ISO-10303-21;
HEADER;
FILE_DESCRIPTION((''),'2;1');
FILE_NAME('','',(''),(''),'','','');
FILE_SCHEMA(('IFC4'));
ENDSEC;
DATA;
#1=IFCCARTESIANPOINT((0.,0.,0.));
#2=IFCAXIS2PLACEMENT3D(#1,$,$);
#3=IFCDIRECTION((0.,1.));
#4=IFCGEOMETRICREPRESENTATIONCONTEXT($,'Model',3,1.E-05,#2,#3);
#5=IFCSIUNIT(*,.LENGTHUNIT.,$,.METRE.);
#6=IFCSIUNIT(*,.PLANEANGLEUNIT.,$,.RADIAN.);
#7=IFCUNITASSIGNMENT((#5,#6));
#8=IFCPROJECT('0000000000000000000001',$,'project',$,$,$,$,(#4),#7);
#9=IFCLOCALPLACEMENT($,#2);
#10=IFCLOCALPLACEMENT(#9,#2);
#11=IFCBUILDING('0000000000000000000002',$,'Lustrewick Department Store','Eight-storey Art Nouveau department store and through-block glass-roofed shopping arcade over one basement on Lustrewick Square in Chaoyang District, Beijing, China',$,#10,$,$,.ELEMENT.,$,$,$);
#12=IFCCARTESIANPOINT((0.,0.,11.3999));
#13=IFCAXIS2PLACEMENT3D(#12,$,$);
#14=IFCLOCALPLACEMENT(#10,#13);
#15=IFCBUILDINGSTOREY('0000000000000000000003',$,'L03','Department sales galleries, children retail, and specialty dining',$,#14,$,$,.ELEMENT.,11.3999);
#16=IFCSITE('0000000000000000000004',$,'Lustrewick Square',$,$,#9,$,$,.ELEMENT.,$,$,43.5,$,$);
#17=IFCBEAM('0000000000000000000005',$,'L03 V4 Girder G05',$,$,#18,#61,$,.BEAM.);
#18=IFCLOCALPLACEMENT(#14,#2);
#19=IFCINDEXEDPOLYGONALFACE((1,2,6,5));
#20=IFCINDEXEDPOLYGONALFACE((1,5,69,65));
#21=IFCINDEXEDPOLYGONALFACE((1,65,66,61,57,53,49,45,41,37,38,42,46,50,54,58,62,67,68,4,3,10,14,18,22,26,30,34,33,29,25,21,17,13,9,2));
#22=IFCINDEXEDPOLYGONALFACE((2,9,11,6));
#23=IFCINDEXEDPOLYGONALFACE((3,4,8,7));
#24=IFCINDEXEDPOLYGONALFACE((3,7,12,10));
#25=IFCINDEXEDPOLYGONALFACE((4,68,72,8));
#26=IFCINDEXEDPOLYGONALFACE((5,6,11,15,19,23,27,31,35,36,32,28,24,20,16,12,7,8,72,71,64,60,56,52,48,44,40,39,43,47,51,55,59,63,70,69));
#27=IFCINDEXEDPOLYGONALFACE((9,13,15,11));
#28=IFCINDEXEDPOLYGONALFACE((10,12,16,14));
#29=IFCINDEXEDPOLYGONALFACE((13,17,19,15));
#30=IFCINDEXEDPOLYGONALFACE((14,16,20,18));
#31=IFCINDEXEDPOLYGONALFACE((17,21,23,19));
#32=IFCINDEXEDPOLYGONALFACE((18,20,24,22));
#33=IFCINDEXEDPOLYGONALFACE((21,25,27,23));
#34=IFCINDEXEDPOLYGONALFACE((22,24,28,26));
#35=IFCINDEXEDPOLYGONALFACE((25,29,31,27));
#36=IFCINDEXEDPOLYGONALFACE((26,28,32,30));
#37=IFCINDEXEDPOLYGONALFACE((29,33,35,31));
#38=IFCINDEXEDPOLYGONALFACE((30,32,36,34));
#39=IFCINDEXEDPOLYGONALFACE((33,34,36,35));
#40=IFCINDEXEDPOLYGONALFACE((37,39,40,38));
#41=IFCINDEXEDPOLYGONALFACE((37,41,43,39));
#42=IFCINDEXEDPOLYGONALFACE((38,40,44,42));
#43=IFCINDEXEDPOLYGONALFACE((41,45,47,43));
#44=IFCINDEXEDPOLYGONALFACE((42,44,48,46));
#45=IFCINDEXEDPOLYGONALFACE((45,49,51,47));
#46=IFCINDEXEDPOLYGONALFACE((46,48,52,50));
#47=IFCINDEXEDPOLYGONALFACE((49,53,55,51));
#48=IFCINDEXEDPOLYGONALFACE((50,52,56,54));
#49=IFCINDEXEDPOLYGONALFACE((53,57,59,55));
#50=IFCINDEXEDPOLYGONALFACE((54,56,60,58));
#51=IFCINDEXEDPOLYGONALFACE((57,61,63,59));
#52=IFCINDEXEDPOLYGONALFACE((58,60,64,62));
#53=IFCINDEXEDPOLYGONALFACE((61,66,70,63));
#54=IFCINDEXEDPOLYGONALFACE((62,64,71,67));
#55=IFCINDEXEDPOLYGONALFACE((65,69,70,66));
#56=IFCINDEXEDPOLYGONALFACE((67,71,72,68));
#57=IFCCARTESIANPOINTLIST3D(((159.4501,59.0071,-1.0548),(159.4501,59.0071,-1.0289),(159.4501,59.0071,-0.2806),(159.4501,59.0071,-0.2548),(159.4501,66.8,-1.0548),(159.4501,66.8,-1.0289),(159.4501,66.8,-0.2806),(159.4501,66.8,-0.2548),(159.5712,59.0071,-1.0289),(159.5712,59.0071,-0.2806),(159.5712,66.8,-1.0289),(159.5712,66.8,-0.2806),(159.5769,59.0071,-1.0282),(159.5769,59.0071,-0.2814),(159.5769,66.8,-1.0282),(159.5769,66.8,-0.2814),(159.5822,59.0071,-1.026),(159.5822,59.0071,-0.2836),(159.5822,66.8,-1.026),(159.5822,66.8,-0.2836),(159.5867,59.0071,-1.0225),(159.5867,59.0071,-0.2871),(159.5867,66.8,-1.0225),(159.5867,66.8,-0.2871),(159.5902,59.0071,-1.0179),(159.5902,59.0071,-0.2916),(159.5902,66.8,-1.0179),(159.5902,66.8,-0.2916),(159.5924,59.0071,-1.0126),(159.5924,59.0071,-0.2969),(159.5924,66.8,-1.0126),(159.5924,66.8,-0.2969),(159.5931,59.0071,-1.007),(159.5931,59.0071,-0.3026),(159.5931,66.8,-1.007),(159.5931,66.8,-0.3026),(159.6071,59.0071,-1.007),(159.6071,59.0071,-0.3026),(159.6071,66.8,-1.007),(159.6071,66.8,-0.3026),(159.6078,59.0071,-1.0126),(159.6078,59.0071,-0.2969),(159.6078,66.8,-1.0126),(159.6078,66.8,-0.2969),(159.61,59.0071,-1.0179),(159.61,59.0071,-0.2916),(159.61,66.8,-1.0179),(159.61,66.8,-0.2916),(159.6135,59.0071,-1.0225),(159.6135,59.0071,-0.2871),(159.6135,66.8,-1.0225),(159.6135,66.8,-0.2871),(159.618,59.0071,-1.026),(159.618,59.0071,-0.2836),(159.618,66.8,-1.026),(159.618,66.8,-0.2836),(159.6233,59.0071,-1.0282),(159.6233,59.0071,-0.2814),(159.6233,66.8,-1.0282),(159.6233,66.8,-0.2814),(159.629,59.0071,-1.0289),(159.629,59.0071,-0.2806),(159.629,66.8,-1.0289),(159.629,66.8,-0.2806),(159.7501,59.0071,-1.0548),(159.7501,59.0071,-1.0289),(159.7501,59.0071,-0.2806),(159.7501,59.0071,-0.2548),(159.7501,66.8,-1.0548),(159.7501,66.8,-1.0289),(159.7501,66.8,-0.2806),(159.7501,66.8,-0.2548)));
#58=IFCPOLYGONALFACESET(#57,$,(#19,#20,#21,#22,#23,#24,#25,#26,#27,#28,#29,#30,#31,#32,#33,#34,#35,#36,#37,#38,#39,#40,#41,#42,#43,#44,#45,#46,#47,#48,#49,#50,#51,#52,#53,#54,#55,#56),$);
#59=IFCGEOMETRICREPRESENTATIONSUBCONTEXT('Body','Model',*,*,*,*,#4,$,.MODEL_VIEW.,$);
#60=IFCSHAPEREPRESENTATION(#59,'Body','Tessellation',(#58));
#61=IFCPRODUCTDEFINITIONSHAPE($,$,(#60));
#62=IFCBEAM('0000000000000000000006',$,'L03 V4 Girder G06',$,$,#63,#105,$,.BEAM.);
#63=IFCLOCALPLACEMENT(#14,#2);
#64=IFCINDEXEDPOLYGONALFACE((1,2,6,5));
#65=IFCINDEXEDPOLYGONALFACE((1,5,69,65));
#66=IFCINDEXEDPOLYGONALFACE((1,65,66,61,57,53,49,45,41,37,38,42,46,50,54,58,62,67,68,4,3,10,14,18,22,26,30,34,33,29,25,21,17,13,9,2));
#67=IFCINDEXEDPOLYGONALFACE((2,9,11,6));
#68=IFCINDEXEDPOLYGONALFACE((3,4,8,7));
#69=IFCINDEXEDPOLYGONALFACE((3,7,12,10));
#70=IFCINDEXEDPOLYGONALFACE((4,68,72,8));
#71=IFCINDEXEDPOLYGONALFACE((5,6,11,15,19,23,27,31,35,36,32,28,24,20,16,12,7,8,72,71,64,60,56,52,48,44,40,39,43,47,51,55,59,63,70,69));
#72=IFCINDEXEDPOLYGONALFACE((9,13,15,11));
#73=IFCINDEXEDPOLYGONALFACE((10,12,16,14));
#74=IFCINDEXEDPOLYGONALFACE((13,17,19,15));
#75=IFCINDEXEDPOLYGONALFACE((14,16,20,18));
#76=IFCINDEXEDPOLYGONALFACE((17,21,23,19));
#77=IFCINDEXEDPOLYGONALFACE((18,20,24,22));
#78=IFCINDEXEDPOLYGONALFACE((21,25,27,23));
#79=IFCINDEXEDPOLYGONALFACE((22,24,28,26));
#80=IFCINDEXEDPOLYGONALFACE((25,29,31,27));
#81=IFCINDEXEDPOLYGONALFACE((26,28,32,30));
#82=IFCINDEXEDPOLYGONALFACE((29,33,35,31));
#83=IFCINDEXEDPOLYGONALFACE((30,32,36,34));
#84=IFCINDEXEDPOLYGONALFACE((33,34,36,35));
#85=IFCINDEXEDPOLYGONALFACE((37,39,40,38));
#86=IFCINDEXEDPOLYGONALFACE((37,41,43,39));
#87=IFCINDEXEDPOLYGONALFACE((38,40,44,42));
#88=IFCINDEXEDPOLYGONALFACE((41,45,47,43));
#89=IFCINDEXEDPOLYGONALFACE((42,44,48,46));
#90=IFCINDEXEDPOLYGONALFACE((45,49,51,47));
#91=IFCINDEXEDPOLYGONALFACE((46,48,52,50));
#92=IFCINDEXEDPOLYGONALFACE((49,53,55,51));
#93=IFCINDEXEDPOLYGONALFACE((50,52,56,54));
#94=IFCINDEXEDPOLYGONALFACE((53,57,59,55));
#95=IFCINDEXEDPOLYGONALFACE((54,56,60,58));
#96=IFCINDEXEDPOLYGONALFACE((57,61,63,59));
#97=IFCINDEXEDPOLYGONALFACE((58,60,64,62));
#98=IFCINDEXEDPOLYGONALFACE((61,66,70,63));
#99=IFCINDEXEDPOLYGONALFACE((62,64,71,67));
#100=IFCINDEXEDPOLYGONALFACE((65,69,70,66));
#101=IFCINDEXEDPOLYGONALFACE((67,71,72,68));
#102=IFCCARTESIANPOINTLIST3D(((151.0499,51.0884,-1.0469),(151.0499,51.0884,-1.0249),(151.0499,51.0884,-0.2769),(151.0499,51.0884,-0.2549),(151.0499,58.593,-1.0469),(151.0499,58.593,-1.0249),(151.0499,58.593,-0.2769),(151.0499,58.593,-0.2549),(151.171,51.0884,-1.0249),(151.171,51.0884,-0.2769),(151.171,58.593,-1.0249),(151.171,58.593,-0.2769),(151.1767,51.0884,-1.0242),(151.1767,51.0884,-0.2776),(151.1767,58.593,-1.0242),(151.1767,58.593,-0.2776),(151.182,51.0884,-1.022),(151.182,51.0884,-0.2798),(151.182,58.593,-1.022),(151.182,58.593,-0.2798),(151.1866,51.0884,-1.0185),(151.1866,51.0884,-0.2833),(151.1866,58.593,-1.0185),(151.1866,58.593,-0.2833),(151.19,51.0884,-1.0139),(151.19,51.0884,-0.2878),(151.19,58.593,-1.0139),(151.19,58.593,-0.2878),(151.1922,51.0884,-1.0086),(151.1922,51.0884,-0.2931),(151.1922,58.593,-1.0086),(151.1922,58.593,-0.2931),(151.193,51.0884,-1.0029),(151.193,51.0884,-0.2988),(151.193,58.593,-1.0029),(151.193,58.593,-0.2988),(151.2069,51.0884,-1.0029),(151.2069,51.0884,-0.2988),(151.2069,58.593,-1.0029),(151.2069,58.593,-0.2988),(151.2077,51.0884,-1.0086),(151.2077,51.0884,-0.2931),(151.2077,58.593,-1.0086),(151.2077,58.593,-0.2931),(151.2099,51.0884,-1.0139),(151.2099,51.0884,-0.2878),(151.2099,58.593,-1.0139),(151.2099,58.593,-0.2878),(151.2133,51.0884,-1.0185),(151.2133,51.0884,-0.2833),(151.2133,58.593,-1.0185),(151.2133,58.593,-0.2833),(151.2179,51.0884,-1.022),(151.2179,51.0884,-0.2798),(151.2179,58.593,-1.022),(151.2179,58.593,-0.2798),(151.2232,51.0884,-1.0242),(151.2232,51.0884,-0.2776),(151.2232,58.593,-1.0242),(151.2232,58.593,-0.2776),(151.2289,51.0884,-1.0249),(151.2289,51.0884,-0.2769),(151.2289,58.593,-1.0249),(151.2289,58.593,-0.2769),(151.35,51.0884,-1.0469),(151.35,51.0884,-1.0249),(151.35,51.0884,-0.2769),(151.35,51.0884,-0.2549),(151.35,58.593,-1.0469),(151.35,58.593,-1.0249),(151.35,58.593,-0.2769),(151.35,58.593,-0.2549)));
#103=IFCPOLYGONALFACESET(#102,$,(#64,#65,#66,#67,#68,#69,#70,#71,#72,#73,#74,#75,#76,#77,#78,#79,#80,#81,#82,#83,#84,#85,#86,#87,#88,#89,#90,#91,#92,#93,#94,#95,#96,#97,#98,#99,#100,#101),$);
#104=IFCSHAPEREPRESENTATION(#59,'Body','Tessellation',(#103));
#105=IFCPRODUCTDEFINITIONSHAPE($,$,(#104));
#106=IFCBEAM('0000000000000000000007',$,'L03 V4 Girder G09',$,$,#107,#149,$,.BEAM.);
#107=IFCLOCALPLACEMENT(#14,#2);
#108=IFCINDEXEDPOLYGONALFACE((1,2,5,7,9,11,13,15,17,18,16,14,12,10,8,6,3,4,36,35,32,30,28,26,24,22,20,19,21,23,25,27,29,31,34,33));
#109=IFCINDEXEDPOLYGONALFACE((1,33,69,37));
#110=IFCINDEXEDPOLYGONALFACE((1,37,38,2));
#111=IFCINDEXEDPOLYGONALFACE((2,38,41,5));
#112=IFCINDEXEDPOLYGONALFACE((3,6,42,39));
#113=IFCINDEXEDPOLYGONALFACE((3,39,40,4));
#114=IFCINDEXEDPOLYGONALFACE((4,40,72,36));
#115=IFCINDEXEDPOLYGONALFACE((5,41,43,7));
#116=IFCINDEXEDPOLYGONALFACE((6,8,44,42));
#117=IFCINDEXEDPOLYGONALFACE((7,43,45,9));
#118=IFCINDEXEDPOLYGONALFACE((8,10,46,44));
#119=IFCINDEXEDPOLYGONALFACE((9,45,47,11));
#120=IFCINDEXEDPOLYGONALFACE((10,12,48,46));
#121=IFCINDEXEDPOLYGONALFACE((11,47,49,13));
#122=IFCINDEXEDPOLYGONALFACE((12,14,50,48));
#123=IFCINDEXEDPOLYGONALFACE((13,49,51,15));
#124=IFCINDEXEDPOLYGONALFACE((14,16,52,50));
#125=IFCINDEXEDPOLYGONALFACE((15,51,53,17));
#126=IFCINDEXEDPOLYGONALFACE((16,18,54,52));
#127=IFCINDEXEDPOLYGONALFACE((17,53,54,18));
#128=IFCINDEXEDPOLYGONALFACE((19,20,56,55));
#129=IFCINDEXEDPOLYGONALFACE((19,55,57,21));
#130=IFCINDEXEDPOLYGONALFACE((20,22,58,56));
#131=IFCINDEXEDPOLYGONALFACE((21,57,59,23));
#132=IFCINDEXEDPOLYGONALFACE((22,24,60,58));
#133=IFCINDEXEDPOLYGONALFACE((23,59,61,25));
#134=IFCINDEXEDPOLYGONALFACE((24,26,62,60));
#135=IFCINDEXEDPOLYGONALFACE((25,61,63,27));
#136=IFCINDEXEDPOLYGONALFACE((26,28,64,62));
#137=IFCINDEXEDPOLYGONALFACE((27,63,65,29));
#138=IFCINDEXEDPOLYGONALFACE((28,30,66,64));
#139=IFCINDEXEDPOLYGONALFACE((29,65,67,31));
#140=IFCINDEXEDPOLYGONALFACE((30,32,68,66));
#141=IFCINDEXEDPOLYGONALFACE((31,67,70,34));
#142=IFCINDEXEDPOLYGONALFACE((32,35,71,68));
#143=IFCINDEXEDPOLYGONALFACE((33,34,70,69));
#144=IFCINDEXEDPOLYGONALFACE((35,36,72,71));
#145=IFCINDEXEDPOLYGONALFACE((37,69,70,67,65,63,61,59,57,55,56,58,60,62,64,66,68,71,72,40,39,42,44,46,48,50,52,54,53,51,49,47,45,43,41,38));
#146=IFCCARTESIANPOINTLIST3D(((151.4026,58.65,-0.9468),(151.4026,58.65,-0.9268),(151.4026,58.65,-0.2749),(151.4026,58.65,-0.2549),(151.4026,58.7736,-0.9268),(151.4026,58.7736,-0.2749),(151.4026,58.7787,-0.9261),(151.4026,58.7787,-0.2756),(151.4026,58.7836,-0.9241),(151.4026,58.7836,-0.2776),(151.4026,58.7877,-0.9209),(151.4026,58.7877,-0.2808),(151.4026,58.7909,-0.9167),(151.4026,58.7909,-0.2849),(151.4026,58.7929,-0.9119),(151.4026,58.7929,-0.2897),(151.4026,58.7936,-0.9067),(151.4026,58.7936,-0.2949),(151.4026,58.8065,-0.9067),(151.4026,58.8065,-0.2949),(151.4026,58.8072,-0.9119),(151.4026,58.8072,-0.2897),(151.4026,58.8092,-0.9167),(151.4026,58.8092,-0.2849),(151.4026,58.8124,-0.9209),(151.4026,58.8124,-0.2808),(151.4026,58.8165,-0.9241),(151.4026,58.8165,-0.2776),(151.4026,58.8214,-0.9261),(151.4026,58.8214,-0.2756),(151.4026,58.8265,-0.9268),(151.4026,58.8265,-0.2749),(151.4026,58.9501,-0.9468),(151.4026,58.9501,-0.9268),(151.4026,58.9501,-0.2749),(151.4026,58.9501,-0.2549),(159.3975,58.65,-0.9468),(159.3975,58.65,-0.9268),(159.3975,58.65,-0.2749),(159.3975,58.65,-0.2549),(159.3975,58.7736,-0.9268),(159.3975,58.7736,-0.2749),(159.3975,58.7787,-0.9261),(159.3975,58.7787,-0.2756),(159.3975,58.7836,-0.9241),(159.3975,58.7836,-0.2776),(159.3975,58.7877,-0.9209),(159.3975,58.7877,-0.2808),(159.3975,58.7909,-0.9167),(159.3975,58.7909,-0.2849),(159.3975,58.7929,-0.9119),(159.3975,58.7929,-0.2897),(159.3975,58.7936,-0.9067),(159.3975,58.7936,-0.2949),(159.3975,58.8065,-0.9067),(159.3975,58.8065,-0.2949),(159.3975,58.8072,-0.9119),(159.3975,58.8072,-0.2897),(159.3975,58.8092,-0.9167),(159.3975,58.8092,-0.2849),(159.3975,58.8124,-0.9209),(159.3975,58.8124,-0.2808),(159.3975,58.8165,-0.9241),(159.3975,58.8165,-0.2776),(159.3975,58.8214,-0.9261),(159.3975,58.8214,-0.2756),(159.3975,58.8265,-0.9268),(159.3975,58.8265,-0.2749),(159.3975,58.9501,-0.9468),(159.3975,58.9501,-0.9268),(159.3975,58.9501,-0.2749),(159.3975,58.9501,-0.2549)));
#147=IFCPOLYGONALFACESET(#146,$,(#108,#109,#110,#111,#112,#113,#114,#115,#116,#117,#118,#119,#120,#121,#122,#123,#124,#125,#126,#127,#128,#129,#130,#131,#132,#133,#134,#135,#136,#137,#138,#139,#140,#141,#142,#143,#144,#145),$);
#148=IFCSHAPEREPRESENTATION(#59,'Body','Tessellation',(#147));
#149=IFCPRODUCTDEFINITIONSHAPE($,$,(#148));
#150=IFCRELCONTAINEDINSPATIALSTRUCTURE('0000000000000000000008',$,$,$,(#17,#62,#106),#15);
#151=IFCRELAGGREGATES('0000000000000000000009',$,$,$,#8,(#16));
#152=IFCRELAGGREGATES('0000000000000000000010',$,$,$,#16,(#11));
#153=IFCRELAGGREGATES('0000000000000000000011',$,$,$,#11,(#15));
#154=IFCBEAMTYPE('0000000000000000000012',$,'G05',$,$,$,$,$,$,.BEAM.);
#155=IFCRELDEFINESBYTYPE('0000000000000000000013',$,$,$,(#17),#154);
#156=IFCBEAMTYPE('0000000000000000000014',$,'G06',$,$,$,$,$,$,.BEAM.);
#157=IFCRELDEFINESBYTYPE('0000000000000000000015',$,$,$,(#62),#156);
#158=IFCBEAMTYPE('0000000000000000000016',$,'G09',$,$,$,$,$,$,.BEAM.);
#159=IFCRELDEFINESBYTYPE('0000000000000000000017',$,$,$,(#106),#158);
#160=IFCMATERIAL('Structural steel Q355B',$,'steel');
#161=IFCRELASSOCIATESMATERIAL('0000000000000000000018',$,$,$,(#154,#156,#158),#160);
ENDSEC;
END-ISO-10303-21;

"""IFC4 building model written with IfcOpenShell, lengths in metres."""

from ifc_helpers import new_model, si_unit, direction, frame, origin, origin_2d, place, context, subcontext, project, spatial, i_section, extrude, material, material_profile, profile_set, type_object, element, save


model = new_model("IFC4")

# Units and contexts
model_context = context("Model", 3, precision=1e-05, world=origin(), true_north=direction((0.0, 1.0)))
body_context = subcontext(model_context, "Body", "Model", "MODEL_VIEW")
ifc_project = project(units=[si_unit("LENGTHUNIT", "METRE"), si_unit("PLANEANGLEUNIT", "RADIAN")], contexts=[model_context])

# Site, building, storey
site_placement = place(None, origin())
site = spatial("IfcSite", under=ifc_project, at=site_placement, Name="Lustrewick Square", CompositionType="ELEMENT", RefElevation=43.5)
building_placement = place(site_placement, origin())
building = spatial("IfcBuilding", under=site, at=building_placement, Name="Lustrewick Department Store", Description="Eight-storey Art Nouveau department store and through-block glass-roofed shopping arcade over one basement on Lustrewick Square in Chaoyang District, Beijing, China", CompositionType="ELEMENT")
storey_placement = place(building_placement, frame((0.0, 0.0, 11.3999)))
storey = spatial("IfcBuildingStorey", under=building, at=storey_placement, Name="L03", Description="Department sales galleries, children retail, and specialty dining", CompositionType="ELEMENT", Elevation=11.3999)

# Shared definitions
ifc_material_1 = material(Name="Structural steel Q355B", Category="steel")

# Beams
ifc_material_profile_1 = material_profile(ifc_material_1, i_section(OverallWidth=0.3, OverallDepth=0.8, WebThickness=0.0139, FlangeThickness=0.0259, FilletRadius=0.022, at=origin_2d()), Name="HN 800x300x14x26")
ifc_profile_set_1 = profile_set([ifc_material_profile_1], Name="Structural steel Q355B")
beam_type_1 = type_object("IfcBeamType", Name="G05", PredefinedType="BEAM", material=ifc_profile_set_1)
beam_1_placement = place(storey_placement, frame((159.6001, 59.0071, -0.6548), z_axis=(0.0, 1.0, 0.0), x_axis=(-1.0, 0.0, 0.0)))
element("IfcBeam", 1, at=beam_1_placement, inside=storey, type_object=beam_type_1, Name="L03 V4 Girder G05", PredefinedType="BEAM", context=body_context, shape_type="SweptSolid", body=[
    extrude(i_section(OverallWidth=0.3, OverallDepth=0.8, WebThickness=0.0139, FlangeThickness=0.0259, FilletRadius=0.022, at=origin_2d()), origin(), (0.0, 0.0, 1.0), 7.793),
])
ifc_material_profile_2 = material_profile(ifc_material_1, i_section(OverallWidth=0.3, OverallDepth=0.792, WebThickness=0.0139, FlangeThickness=0.022, FilletRadius=0.022, at=origin_2d()), Name="HN 792x300x14x22")
ifc_profile_set_2 = profile_set([ifc_material_profile_2], Name="Structural steel Q355B")
beam_type_2 = type_object("IfcBeamType", Name="G06", PredefinedType="BEAM", material=ifc_profile_set_2)
beam_2_placement = place(storey_placement, frame((151.2, 51.0884, -0.6509), z_axis=(0.0, 1.0, 0.0), x_axis=(-1.0, 0.0, 0.0)))
element("IfcBeam", 2, at=beam_2_placement, inside=storey, type_object=beam_type_2, Name="L03 V4 Girder G06", PredefinedType="BEAM", context=body_context, shape_type="SweptSolid", body=[
    extrude(i_section(OverallWidth=0.3, OverallDepth=0.792, WebThickness=0.0139, FlangeThickness=0.022, FilletRadius=0.022, at=origin_2d()), origin(), (0.0, 0.0, 1.0), 7.5046),
])
ifc_material_profile_3 = material_profile(ifc_material_1, i_section(OverallWidth=0.3, OverallDepth=0.6919, WebThickness=0.0129, FlangeThickness=0.02, FilletRadius=0.02, at=origin_2d()), Name="HN 692x300x13x20")
ifc_profile_set_3 = profile_set([ifc_material_profile_3], Name="Structural steel Q355B")
beam_type_3 = type_object("IfcBeamType", Name="G09", PredefinedType="BEAM", material=ifc_profile_set_3)
beam_3_placement = place(storey_placement, frame((151.4026, 58.8, -0.6008), z_axis=(1.0, 0.0, 0.0), x_axis=(0.0, 1.0, 0.0)))
element("IfcBeam", 3, at=beam_3_placement, inside=storey, type_object=beam_type_3, Name="L03 V4 Girder G09", PredefinedType="BEAM", context=body_context, shape_type="SweptSolid", body=[
    extrude(i_section(OverallWidth=0.3, OverallDepth=0.6919, WebThickness=0.0129, FlangeThickness=0.02, FilletRadius=0.02, at=origin_2d()), origin(), (0.0, 0.0, 1.0), 7.9949),
])

save(model, "model.ifc")
